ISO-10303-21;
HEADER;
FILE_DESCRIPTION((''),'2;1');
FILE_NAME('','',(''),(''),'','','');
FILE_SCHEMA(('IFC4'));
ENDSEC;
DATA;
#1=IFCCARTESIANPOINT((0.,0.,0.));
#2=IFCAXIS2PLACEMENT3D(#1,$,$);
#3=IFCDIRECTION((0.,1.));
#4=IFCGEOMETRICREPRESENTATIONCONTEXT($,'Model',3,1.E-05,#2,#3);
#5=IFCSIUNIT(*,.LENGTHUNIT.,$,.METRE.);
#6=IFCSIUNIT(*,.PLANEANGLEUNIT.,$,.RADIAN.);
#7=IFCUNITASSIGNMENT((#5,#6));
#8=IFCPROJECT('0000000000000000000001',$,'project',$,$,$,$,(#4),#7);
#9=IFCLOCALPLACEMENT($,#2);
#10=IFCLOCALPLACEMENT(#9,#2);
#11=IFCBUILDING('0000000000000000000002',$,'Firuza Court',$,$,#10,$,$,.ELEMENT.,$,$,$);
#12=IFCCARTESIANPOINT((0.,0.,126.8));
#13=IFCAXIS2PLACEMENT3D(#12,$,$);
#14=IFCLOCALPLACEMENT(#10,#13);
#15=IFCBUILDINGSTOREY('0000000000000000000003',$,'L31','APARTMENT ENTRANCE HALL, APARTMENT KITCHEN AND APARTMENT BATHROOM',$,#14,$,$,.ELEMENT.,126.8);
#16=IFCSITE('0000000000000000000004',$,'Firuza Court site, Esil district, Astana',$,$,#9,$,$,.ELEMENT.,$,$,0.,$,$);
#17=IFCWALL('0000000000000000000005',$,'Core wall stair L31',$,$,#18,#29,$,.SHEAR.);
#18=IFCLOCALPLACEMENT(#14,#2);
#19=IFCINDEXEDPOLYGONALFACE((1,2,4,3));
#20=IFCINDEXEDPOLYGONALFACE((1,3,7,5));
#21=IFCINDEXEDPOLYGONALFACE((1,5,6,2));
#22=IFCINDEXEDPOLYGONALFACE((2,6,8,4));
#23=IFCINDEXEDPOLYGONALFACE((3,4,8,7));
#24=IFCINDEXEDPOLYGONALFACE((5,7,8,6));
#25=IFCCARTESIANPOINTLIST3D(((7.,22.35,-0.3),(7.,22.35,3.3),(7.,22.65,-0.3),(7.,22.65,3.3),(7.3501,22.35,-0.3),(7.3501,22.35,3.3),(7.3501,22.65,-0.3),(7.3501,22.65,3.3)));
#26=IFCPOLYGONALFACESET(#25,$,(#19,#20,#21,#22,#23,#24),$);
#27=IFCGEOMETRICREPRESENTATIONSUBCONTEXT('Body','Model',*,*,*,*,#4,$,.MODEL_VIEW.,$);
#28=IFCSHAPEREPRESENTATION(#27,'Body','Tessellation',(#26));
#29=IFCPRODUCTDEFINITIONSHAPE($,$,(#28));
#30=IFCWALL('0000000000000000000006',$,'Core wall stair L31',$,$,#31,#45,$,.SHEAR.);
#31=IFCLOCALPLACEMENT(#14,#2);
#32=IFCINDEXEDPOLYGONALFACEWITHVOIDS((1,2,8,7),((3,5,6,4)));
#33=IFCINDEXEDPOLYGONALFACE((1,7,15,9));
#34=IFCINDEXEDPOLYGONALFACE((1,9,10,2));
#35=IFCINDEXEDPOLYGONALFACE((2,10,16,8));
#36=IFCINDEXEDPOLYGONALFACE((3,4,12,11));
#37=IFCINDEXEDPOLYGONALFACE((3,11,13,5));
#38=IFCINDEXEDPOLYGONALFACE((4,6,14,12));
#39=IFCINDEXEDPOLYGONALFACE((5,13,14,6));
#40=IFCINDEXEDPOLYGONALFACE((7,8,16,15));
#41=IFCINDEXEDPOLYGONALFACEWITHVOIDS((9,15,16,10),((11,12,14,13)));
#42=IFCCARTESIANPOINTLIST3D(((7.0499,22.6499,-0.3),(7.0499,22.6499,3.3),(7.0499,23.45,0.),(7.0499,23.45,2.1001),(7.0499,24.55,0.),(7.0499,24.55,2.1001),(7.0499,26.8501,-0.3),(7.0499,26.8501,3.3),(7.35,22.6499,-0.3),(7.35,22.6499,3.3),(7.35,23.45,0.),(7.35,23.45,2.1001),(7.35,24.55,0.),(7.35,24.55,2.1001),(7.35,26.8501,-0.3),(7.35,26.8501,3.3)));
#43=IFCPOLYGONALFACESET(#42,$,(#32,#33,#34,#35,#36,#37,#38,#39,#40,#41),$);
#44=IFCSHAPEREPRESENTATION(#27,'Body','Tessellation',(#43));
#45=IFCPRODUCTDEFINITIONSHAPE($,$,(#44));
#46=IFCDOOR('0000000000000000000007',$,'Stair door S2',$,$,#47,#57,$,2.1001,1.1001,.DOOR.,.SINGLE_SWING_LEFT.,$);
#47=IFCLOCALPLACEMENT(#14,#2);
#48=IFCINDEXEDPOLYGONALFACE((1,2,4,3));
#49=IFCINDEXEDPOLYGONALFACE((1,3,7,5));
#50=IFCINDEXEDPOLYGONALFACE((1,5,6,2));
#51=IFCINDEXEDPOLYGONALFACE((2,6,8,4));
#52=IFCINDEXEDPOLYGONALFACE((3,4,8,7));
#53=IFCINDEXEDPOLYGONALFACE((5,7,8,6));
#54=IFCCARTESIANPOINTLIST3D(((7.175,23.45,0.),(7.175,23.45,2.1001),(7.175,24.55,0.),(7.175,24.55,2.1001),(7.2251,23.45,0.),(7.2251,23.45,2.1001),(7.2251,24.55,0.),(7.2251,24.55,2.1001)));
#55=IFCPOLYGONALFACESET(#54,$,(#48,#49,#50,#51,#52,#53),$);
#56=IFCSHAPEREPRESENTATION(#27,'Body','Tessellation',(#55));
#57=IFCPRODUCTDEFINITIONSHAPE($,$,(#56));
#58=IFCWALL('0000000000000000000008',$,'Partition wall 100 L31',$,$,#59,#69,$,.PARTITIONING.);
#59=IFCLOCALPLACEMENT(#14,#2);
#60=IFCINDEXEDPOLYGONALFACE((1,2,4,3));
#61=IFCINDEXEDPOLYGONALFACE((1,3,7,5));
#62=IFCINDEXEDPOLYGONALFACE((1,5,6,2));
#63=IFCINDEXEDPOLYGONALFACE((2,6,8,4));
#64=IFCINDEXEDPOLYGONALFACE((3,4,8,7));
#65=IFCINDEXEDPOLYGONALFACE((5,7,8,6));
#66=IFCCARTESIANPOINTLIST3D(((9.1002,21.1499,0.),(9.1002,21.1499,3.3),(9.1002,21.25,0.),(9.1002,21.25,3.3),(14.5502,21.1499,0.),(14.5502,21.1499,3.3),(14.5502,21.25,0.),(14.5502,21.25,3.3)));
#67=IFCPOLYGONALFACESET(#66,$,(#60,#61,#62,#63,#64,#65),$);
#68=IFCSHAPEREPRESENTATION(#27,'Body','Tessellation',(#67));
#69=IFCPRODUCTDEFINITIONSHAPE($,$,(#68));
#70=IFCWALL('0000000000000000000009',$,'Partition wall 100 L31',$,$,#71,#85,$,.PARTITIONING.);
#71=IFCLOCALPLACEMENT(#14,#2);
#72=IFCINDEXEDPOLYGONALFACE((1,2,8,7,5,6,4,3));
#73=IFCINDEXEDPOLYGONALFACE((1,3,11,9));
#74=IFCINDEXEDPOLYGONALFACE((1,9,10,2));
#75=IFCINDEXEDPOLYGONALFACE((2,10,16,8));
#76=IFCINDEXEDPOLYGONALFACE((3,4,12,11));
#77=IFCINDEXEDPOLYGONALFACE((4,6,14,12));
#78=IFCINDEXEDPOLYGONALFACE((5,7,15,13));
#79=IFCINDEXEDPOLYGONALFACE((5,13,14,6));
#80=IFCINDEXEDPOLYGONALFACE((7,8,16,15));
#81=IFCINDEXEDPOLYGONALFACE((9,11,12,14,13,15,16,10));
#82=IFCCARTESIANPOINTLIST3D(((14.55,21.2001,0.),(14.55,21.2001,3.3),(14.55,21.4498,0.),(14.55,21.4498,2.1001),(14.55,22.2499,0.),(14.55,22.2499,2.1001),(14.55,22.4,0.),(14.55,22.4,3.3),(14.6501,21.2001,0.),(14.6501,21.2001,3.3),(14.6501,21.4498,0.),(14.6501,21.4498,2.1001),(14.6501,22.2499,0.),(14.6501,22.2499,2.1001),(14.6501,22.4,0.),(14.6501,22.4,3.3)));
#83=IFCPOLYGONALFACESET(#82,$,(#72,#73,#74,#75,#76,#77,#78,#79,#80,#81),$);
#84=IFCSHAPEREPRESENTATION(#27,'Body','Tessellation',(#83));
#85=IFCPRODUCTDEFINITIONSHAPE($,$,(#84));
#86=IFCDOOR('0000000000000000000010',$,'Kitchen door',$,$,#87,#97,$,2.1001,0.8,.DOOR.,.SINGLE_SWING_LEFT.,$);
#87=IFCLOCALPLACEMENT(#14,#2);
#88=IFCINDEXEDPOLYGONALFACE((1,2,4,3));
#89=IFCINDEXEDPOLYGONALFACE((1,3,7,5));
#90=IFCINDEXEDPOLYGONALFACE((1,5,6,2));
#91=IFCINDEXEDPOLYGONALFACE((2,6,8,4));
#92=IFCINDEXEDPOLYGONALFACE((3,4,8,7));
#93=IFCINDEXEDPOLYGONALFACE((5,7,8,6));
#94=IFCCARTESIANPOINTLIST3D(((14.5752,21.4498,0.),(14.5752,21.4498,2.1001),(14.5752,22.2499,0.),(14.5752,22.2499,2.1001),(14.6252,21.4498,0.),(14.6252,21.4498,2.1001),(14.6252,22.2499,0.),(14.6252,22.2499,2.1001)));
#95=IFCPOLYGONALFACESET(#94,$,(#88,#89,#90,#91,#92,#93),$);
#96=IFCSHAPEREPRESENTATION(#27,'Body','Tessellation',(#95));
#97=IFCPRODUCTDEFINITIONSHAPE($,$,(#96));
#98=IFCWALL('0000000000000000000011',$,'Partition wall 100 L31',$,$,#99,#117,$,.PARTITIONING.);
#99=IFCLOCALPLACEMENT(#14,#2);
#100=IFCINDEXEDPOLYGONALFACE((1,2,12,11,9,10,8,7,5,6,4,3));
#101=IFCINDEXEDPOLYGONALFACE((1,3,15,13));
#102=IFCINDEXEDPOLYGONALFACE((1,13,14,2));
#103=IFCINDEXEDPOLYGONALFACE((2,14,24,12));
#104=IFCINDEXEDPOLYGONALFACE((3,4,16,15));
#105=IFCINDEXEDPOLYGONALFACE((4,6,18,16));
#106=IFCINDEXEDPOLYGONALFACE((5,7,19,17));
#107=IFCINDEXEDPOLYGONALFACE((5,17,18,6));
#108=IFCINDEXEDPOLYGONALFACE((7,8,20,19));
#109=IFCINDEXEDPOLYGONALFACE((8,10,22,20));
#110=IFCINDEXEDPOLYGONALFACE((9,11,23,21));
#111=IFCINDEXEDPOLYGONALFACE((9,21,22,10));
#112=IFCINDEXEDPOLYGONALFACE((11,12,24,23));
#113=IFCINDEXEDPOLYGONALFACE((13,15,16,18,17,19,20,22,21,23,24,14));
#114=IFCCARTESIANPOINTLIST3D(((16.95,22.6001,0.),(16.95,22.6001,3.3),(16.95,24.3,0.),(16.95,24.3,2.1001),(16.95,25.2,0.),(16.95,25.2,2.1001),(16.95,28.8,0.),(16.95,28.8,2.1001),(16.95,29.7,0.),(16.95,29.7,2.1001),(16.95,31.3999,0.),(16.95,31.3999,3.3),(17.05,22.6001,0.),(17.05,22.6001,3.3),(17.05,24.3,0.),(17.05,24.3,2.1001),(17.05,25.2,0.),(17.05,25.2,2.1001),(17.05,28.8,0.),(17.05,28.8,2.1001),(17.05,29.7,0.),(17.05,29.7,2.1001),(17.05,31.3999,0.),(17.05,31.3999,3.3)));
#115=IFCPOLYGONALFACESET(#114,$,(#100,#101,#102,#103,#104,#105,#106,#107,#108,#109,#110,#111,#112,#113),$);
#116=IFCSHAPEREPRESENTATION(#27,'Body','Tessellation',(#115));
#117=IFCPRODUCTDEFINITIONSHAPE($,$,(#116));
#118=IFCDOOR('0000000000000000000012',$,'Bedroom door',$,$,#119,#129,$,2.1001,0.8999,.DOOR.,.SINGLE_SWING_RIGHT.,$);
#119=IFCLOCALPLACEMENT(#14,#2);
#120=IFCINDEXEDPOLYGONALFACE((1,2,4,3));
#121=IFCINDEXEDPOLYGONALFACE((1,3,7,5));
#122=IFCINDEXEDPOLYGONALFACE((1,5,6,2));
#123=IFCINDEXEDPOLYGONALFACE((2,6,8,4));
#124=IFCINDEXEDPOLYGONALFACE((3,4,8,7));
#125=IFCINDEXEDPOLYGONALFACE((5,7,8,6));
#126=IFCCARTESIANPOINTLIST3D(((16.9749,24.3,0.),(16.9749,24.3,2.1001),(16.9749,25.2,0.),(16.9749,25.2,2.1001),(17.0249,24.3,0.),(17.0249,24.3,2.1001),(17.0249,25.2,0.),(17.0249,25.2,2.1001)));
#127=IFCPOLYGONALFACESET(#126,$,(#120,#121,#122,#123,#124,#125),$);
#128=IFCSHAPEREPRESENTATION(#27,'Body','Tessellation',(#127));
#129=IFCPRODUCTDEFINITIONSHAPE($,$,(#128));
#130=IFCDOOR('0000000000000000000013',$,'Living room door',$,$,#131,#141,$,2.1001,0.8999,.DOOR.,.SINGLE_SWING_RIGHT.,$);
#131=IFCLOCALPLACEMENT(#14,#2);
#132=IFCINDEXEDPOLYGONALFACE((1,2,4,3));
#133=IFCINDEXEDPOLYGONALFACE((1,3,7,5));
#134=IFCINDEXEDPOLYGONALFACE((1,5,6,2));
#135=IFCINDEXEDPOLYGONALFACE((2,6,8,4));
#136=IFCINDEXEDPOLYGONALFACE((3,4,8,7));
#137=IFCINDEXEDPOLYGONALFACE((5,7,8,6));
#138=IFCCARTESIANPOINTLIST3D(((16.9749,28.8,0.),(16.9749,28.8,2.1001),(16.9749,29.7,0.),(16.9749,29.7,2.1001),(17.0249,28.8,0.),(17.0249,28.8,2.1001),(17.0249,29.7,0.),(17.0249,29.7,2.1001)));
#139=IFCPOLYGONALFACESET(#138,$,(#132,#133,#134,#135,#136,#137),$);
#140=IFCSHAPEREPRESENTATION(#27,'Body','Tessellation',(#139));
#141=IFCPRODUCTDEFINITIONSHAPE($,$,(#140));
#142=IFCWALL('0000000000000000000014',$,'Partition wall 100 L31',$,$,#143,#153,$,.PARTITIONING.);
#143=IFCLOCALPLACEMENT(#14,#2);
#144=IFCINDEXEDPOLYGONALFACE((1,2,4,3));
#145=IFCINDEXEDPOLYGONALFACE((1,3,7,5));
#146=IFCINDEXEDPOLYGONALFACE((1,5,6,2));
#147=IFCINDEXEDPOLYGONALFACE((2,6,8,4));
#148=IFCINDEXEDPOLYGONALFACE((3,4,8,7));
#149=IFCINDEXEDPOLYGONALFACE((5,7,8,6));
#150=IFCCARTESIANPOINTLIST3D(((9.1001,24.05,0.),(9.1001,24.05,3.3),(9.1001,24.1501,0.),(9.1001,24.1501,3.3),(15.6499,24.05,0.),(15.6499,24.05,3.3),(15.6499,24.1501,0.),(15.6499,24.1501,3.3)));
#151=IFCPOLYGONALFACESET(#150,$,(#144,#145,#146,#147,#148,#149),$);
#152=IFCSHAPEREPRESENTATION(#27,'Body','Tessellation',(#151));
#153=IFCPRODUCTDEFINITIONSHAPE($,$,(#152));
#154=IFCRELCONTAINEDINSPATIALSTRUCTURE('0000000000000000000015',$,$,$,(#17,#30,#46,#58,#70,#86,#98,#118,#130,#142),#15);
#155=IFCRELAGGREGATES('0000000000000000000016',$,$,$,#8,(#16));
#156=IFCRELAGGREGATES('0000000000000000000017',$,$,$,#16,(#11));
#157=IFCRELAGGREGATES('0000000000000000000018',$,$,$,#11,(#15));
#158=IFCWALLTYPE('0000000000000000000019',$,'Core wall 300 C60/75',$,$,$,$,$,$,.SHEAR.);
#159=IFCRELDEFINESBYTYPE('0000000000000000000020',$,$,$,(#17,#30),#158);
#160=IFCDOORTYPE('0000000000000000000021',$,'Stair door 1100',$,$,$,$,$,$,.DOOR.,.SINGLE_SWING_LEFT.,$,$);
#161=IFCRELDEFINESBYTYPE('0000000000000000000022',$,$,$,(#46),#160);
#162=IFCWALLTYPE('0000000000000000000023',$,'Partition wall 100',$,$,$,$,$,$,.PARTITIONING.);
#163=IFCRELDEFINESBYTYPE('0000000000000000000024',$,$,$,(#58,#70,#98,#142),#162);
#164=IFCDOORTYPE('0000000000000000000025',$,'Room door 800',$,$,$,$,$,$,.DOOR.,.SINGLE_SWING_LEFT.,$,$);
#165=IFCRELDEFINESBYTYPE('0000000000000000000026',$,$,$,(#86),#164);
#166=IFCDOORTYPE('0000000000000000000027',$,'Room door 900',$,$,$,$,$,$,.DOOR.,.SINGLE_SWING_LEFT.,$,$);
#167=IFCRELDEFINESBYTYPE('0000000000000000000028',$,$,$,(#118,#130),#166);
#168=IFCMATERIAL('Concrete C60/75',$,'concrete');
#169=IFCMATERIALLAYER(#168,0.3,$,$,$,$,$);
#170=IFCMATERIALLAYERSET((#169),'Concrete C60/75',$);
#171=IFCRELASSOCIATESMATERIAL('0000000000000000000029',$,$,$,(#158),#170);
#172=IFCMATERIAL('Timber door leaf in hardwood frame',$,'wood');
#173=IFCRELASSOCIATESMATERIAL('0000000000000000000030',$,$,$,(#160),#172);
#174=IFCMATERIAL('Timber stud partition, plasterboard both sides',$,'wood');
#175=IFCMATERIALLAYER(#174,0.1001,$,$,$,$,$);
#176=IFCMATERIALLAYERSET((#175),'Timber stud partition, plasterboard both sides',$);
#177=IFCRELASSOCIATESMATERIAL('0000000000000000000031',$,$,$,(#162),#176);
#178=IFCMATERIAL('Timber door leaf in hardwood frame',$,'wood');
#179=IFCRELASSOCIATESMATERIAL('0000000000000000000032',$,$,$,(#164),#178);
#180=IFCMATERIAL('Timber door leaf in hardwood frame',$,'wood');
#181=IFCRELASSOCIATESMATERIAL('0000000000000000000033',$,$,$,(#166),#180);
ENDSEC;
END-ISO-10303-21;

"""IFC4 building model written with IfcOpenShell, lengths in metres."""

from ifc_helpers import new_model, si_unit, direction, frame, frame_2d, origin, place, context, subcontext, project, spatial, rectangle, extrude, material, layer, layer_set, type_object, element, fill, save


model = new_model("IFC4")

# Units and contexts
model_context = context("Model", 3, precision=1e-05, world=origin(), true_north=direction((0.0, 1.0)))
body_context = subcontext(model_context, "Body", "Model", "MODEL_VIEW")
ifc_project = project(units=[si_unit("LENGTHUNIT", "METRE"), si_unit("PLANEANGLEUNIT", "RADIAN")], contexts=[model_context])

# Site, building, storey
site_placement = place(None, origin())
site = spatial("IfcSite", under=ifc_project, at=site_placement, Name="Firuza Court site, Esil district, Astana", CompositionType="ELEMENT", RefElevation=0.0)
building_placement = place(site_placement, origin())
building = spatial("IfcBuilding", under=site, at=building_placement, Name="Firuza Court", CompositionType="ELEMENT")
storey_placement = place(building_placement, frame((0.0, 0.0, 126.8)))
storey = spatial("IfcBuildingStorey", under=building, at=storey_placement, Name="L31", Description="APARTMENT ENTRANCE HALL, APARTMENT KITCHEN AND APARTMENT BATHROOM", CompositionType="ELEMENT", Elevation=126.8)

# Wall
ifc_material_1 = material(Name="Concrete C60/75", Category="concrete")
ifc_layer_1 = layer(ifc_material_1, 0.3)
ifc_layer_set_1 = layer_set([ifc_layer_1], Name="Concrete C60/75")
wall_type_1 = type_object("IfcWallType", Name="Core wall 300 C60/75", PredefinedType="SHEAR", material=ifc_layer_set_1)
wall_1_placement = place(storey_placement, frame((7.0, 22.5, -0.3), z_axis=(0.0, 0.0, 1.0), x_axis=(1.0, 0.0, 0.0)))
element("IfcWall", 1, at=wall_1_placement, inside=storey, type_object=wall_type_1, Name="Core wall stair L31", PredefinedType="SHEAR", context=body_context, shape_type="SweptSolid", body=[
    extrude(rectangle(XDim=0.3501, YDim=0.3, at=frame_2d((0.175, 0.0))), origin(), (0.0, 0.0, 1.0), 3.6001),
])

# Wall, opening, door
wall_2_placement = place(storey_placement, frame((7.2, 22.6499, -0.3), z_axis=(0.0, 0.0, 1.0), x_axis=(0.0, 1.0, 0.0)))
wall_2 = element("IfcWall", 2, at=wall_2_placement, inside=storey, type_object=wall_type_1, Name="Core wall stair L31", PredefinedType="SHEAR", context=body_context, shape_type="SweptSolid", body=[
    extrude(rectangle(XDim=4.2002, YDim=0.3, at=frame_2d((2.1001, 0.0))), origin(), (0.0, 0.0, 1.0), 3.6001),
])
opening_1_placement = place(wall_2_placement, frame((0.8, 0.0, 0.3)))
opening_1 = element("IfcOpeningElement", 3, at=opening_1_placement, cuts=wall_2, PredefinedType="OPENING", context=body_context, shape_type="SweptSolid", body=[
    extrude(rectangle(XDim=1.1001, YDim=2.1001, at=frame_2d((0.55, 1.05))), frame((0.0, 0.1621, 0.0), z_axis=(0.0, -1.0, 0.0), x_axis=(1.0, 0.0, 0.0)), (0.0, 0.0, 1.0), 0.324),
])
ifc_material_2 = material(Name="Timber door leaf in hardwood frame", Category="wood")
door_type_1 = type_object("IfcDoorType", Name="Stair door 1100", OperationType="SINGLE_SWING_LEFT", PredefinedType="DOOR", material=ifc_material_2)
door_1_placement = place(opening_1_placement, origin())
door_1 = element("IfcDoor", 4, at=door_1_placement, inside=storey, type_object=door_type_1, Name="Stair door S2", OperationType="SINGLE_SWING_LEFT", OverallHeight=2.1001, OverallWidth=1.1001, PredefinedType="DOOR", context=body_context, shape_type="SweptSolid", body=[
    extrude(rectangle(XDim=1.1001, YDim=2.1001, at=frame_2d((0.55, 1.05))), frame((0.0, 0.0249, 0.0), z_axis=(0.0, -1.0, 0.0), x_axis=(1.0, 0.0, 0.0)), (0.0, 0.0, 1.0), 0.05),
])
fill(opening_1, door_1)

# Wall
ifc_material_3 = material(Name="Timber stud partition, plasterboard both sides", Category="wood")
ifc_layer_2 = layer(ifc_material_3, 0.1001)
ifc_layer_set_2 = layer_set([ifc_layer_2], Name="Timber stud partition, plasterboard both sides")
wall_type_2 = type_object("IfcWallType", Name="Partition wall 100", PredefinedType="PARTITIONING", material=ifc_layer_set_2)
wall_3_placement = place(storey_placement, frame((9.1001, 21.2, 0.0), z_axis=(0.0, 0.0, 1.0), x_axis=(1.0, 0.0, 0.0)))
element("IfcWall", 5, at=wall_3_placement, inside=storey, type_object=wall_type_2, Name="Partition wall 100 L31", PredefinedType="PARTITIONING", context=body_context, shape_type="SweptSolid", body=[
    extrude(rectangle(XDim=5.45, YDim=0.1001, at=frame_2d((2.7251, 0.0))), origin(), (0.0, 0.0, 1.0), 3.3),
])

# Wall, opening, door
wall_4_placement = place(storey_placement, frame((14.6001, 21.2, 0.0), z_axis=(0.0, 0.0, 1.0), x_axis=(0.0, 1.0, 0.0)))
wall_4 = element("IfcWall", 6, at=wall_4_placement, inside=storey, type_object=wall_type_2, Name="Partition wall 100 L31", PredefinedType="PARTITIONING", context=body_context, shape_type="SweptSolid", body=[
    extrude(rectangle(XDim=1.2, YDim=0.1001, at=frame_2d((0.6001, 0.0))), origin(), (0.0, 0.0, 1.0), 3.3),
])
opening_2_placement = place(wall_4_placement, frame((0.25, 0.0, 0.0)))
opening_2 = element("IfcOpeningElement", 7, at=opening_2_placement, cuts=wall_4, PredefinedType="OPENING", context=body_context, shape_type="SweptSolid", body=[
    extrude(rectangle(XDim=0.8, YDim=2.1001, at=frame_2d((0.3999, 1.05))), frame((0.0, 0.062, 0.0), z_axis=(0.0, -1.0, 0.0), x_axis=(1.0, 0.0, 0.0)), (0.0, 0.0, 1.0), 0.124),
])
ifc_material_4 = material(Name="Timber door leaf in hardwood frame", Category="wood")
door_type_2 = type_object("IfcDoorType", Name="Room door 800", OperationType="SINGLE_SWING_LEFT", PredefinedType="DOOR", material=ifc_material_4)
door_2_placement = place(opening_2_placement, origin())
door_2 = element("IfcDoor", 8, at=door_2_placement, inside=storey, type_object=door_type_2, Name="Kitchen door", OperationType="SINGLE_SWING_LEFT", OverallHeight=2.1001, OverallWidth=0.8, PredefinedType="DOOR", context=body_context, shape_type="SweptSolid", body=[
    extrude(rectangle(XDim=0.8, YDim=2.1001, at=frame_2d((0.3999, 1.05))), frame((0.0, 0.0249, 0.0), z_axis=(0.0, -1.0, 0.0), x_axis=(1.0, 0.0, 0.0)), (0.0, 0.0, 1.0), 0.05),
])
fill(opening_2, door_2)

# Wall, openings, doors
wall_5_placement = place(storey_placement, frame((17.0, 22.6001, 0.0), z_axis=(0.0, 0.0, 1.0), x_axis=(0.0, 1.0, 0.0)))
wall_5 = element("IfcWall", 9, at=wall_5_placement, inside=storey, type_object=wall_type_2, Name="Partition wall 100 L31", PredefinedType="PARTITIONING", context=body_context, shape_type="SweptSolid", body=[
    extrude(rectangle(XDim=8.7998, YDim=0.1001, at=frame_2d((4.3999, 0.0))), origin(), (0.0, 0.0, 1.0), 3.3),
])
opening_3_placement = place(wall_5_placement, frame((1.7, 0.0, 0.0)))
opening_3 = element("IfcOpeningElement", 10, at=opening_3_placement, cuts=wall_5, PredefinedType="OPENING", context=body_context, shape_type="SweptSolid", body=[
    extrude(rectangle(XDim=0.8999, YDim=2.1001, at=frame_2d((0.45, 1.05))), frame((0.0, 0.062, 0.0), z_axis=(0.0, -1.0, 0.0), x_axis=(1.0, 0.0, 0.0)), (0.0, 0.0, 1.0), 0.124),
])
opening_4_placement = place(wall_5_placement, frame((6.2, 0.0, 0.0)))
opening_4 = element("IfcOpeningElement", 11, at=opening_4_placement, cuts=wall_5, PredefinedType="OPENING", context=body_context, shape_type="SweptSolid", body=[
    extrude(rectangle(XDim=0.8999, YDim=2.1001, at=frame_2d((0.45, 1.05))), frame((0.0, 0.062, 0.0), z_axis=(0.0, -1.0, 0.0), x_axis=(1.0, 0.0, 0.0)), (0.0, 0.0, 1.0), 0.124),
])
ifc_material_5 = material(Name="Timber door leaf in hardwood frame", Category="wood")
door_type_3 = type_object("IfcDoorType", Name="Room door 900", OperationType="SINGLE_SWING_LEFT", PredefinedType="DOOR", material=ifc_material_5)
door_3_placement = place(opening_3_placement, frame((0.8999, 0.0, 0.0), z_axis=(0.0, 0.0, 1.0), x_axis=(-1.0, 0.0, 0.0)))
door_3 = element("IfcDoor", 12, at=door_3_placement, inside=storey, type_object=door_type_3, Name="Bedroom door", OperationType="SINGLE_SWING_RIGHT", OverallHeight=2.1001, OverallWidth=0.8999, PredefinedType="DOOR", context=body_context, shape_type="SweptSolid", body=[
    extrude(rectangle(XDim=0.8999, YDim=2.1001, at=frame_2d((0.45, 1.05))), frame((0.0, 0.0249, 0.0), z_axis=(0.0, -1.0, 0.0), x_axis=(1.0, 0.0, 0.0)), (0.0, 0.0, 1.0), 0.05),
])
fill(opening_3, door_3)
door_4_placement = place(opening_4_placement, frame((0.8999, 0.0, 0.0), z_axis=(0.0, 0.0, 1.0), x_axis=(-1.0, 0.0, 0.0)))
door_4 = element("IfcDoor", 13, at=door_4_placement, inside=storey, type_object=door_type_3, Name="Living room door", OperationType="SINGLE_SWING_RIGHT", OverallHeight=2.1001, OverallWidth=0.8999, PredefinedType="DOOR", context=body_context, shape_type="SweptSolid", body=[
    extrude(rectangle(XDim=0.8999, YDim=2.1001, at=frame_2d((0.45, 1.05))), frame((0.0, 0.0249, 0.0), z_axis=(0.0, -1.0, 0.0), x_axis=(1.0, 0.0, 0.0)), (0.0, 0.0, 1.0), 0.05),
])
fill(opening_4, door_4)

# Wall
wall_6_placement = place(storey_placement, frame((9.1001, 24.1001, 0.0), z_axis=(0.0, 0.0, 1.0), x_axis=(1.0, 0.0, 0.0)))
element("IfcWall", 14, at=wall_6_placement, inside=storey, type_object=wall_type_2, Name="Partition wall 100 L31", PredefinedType="PARTITIONING", context=body_context, shape_type="SweptSolid", body=[
    extrude(rectangle(XDim=6.5498, YDim=0.1001, at=frame_2d((3.2749, 0.0))), origin(), (0.0, 0.0, 1.0), 3.3),
])

save(model, "model.ifc")
